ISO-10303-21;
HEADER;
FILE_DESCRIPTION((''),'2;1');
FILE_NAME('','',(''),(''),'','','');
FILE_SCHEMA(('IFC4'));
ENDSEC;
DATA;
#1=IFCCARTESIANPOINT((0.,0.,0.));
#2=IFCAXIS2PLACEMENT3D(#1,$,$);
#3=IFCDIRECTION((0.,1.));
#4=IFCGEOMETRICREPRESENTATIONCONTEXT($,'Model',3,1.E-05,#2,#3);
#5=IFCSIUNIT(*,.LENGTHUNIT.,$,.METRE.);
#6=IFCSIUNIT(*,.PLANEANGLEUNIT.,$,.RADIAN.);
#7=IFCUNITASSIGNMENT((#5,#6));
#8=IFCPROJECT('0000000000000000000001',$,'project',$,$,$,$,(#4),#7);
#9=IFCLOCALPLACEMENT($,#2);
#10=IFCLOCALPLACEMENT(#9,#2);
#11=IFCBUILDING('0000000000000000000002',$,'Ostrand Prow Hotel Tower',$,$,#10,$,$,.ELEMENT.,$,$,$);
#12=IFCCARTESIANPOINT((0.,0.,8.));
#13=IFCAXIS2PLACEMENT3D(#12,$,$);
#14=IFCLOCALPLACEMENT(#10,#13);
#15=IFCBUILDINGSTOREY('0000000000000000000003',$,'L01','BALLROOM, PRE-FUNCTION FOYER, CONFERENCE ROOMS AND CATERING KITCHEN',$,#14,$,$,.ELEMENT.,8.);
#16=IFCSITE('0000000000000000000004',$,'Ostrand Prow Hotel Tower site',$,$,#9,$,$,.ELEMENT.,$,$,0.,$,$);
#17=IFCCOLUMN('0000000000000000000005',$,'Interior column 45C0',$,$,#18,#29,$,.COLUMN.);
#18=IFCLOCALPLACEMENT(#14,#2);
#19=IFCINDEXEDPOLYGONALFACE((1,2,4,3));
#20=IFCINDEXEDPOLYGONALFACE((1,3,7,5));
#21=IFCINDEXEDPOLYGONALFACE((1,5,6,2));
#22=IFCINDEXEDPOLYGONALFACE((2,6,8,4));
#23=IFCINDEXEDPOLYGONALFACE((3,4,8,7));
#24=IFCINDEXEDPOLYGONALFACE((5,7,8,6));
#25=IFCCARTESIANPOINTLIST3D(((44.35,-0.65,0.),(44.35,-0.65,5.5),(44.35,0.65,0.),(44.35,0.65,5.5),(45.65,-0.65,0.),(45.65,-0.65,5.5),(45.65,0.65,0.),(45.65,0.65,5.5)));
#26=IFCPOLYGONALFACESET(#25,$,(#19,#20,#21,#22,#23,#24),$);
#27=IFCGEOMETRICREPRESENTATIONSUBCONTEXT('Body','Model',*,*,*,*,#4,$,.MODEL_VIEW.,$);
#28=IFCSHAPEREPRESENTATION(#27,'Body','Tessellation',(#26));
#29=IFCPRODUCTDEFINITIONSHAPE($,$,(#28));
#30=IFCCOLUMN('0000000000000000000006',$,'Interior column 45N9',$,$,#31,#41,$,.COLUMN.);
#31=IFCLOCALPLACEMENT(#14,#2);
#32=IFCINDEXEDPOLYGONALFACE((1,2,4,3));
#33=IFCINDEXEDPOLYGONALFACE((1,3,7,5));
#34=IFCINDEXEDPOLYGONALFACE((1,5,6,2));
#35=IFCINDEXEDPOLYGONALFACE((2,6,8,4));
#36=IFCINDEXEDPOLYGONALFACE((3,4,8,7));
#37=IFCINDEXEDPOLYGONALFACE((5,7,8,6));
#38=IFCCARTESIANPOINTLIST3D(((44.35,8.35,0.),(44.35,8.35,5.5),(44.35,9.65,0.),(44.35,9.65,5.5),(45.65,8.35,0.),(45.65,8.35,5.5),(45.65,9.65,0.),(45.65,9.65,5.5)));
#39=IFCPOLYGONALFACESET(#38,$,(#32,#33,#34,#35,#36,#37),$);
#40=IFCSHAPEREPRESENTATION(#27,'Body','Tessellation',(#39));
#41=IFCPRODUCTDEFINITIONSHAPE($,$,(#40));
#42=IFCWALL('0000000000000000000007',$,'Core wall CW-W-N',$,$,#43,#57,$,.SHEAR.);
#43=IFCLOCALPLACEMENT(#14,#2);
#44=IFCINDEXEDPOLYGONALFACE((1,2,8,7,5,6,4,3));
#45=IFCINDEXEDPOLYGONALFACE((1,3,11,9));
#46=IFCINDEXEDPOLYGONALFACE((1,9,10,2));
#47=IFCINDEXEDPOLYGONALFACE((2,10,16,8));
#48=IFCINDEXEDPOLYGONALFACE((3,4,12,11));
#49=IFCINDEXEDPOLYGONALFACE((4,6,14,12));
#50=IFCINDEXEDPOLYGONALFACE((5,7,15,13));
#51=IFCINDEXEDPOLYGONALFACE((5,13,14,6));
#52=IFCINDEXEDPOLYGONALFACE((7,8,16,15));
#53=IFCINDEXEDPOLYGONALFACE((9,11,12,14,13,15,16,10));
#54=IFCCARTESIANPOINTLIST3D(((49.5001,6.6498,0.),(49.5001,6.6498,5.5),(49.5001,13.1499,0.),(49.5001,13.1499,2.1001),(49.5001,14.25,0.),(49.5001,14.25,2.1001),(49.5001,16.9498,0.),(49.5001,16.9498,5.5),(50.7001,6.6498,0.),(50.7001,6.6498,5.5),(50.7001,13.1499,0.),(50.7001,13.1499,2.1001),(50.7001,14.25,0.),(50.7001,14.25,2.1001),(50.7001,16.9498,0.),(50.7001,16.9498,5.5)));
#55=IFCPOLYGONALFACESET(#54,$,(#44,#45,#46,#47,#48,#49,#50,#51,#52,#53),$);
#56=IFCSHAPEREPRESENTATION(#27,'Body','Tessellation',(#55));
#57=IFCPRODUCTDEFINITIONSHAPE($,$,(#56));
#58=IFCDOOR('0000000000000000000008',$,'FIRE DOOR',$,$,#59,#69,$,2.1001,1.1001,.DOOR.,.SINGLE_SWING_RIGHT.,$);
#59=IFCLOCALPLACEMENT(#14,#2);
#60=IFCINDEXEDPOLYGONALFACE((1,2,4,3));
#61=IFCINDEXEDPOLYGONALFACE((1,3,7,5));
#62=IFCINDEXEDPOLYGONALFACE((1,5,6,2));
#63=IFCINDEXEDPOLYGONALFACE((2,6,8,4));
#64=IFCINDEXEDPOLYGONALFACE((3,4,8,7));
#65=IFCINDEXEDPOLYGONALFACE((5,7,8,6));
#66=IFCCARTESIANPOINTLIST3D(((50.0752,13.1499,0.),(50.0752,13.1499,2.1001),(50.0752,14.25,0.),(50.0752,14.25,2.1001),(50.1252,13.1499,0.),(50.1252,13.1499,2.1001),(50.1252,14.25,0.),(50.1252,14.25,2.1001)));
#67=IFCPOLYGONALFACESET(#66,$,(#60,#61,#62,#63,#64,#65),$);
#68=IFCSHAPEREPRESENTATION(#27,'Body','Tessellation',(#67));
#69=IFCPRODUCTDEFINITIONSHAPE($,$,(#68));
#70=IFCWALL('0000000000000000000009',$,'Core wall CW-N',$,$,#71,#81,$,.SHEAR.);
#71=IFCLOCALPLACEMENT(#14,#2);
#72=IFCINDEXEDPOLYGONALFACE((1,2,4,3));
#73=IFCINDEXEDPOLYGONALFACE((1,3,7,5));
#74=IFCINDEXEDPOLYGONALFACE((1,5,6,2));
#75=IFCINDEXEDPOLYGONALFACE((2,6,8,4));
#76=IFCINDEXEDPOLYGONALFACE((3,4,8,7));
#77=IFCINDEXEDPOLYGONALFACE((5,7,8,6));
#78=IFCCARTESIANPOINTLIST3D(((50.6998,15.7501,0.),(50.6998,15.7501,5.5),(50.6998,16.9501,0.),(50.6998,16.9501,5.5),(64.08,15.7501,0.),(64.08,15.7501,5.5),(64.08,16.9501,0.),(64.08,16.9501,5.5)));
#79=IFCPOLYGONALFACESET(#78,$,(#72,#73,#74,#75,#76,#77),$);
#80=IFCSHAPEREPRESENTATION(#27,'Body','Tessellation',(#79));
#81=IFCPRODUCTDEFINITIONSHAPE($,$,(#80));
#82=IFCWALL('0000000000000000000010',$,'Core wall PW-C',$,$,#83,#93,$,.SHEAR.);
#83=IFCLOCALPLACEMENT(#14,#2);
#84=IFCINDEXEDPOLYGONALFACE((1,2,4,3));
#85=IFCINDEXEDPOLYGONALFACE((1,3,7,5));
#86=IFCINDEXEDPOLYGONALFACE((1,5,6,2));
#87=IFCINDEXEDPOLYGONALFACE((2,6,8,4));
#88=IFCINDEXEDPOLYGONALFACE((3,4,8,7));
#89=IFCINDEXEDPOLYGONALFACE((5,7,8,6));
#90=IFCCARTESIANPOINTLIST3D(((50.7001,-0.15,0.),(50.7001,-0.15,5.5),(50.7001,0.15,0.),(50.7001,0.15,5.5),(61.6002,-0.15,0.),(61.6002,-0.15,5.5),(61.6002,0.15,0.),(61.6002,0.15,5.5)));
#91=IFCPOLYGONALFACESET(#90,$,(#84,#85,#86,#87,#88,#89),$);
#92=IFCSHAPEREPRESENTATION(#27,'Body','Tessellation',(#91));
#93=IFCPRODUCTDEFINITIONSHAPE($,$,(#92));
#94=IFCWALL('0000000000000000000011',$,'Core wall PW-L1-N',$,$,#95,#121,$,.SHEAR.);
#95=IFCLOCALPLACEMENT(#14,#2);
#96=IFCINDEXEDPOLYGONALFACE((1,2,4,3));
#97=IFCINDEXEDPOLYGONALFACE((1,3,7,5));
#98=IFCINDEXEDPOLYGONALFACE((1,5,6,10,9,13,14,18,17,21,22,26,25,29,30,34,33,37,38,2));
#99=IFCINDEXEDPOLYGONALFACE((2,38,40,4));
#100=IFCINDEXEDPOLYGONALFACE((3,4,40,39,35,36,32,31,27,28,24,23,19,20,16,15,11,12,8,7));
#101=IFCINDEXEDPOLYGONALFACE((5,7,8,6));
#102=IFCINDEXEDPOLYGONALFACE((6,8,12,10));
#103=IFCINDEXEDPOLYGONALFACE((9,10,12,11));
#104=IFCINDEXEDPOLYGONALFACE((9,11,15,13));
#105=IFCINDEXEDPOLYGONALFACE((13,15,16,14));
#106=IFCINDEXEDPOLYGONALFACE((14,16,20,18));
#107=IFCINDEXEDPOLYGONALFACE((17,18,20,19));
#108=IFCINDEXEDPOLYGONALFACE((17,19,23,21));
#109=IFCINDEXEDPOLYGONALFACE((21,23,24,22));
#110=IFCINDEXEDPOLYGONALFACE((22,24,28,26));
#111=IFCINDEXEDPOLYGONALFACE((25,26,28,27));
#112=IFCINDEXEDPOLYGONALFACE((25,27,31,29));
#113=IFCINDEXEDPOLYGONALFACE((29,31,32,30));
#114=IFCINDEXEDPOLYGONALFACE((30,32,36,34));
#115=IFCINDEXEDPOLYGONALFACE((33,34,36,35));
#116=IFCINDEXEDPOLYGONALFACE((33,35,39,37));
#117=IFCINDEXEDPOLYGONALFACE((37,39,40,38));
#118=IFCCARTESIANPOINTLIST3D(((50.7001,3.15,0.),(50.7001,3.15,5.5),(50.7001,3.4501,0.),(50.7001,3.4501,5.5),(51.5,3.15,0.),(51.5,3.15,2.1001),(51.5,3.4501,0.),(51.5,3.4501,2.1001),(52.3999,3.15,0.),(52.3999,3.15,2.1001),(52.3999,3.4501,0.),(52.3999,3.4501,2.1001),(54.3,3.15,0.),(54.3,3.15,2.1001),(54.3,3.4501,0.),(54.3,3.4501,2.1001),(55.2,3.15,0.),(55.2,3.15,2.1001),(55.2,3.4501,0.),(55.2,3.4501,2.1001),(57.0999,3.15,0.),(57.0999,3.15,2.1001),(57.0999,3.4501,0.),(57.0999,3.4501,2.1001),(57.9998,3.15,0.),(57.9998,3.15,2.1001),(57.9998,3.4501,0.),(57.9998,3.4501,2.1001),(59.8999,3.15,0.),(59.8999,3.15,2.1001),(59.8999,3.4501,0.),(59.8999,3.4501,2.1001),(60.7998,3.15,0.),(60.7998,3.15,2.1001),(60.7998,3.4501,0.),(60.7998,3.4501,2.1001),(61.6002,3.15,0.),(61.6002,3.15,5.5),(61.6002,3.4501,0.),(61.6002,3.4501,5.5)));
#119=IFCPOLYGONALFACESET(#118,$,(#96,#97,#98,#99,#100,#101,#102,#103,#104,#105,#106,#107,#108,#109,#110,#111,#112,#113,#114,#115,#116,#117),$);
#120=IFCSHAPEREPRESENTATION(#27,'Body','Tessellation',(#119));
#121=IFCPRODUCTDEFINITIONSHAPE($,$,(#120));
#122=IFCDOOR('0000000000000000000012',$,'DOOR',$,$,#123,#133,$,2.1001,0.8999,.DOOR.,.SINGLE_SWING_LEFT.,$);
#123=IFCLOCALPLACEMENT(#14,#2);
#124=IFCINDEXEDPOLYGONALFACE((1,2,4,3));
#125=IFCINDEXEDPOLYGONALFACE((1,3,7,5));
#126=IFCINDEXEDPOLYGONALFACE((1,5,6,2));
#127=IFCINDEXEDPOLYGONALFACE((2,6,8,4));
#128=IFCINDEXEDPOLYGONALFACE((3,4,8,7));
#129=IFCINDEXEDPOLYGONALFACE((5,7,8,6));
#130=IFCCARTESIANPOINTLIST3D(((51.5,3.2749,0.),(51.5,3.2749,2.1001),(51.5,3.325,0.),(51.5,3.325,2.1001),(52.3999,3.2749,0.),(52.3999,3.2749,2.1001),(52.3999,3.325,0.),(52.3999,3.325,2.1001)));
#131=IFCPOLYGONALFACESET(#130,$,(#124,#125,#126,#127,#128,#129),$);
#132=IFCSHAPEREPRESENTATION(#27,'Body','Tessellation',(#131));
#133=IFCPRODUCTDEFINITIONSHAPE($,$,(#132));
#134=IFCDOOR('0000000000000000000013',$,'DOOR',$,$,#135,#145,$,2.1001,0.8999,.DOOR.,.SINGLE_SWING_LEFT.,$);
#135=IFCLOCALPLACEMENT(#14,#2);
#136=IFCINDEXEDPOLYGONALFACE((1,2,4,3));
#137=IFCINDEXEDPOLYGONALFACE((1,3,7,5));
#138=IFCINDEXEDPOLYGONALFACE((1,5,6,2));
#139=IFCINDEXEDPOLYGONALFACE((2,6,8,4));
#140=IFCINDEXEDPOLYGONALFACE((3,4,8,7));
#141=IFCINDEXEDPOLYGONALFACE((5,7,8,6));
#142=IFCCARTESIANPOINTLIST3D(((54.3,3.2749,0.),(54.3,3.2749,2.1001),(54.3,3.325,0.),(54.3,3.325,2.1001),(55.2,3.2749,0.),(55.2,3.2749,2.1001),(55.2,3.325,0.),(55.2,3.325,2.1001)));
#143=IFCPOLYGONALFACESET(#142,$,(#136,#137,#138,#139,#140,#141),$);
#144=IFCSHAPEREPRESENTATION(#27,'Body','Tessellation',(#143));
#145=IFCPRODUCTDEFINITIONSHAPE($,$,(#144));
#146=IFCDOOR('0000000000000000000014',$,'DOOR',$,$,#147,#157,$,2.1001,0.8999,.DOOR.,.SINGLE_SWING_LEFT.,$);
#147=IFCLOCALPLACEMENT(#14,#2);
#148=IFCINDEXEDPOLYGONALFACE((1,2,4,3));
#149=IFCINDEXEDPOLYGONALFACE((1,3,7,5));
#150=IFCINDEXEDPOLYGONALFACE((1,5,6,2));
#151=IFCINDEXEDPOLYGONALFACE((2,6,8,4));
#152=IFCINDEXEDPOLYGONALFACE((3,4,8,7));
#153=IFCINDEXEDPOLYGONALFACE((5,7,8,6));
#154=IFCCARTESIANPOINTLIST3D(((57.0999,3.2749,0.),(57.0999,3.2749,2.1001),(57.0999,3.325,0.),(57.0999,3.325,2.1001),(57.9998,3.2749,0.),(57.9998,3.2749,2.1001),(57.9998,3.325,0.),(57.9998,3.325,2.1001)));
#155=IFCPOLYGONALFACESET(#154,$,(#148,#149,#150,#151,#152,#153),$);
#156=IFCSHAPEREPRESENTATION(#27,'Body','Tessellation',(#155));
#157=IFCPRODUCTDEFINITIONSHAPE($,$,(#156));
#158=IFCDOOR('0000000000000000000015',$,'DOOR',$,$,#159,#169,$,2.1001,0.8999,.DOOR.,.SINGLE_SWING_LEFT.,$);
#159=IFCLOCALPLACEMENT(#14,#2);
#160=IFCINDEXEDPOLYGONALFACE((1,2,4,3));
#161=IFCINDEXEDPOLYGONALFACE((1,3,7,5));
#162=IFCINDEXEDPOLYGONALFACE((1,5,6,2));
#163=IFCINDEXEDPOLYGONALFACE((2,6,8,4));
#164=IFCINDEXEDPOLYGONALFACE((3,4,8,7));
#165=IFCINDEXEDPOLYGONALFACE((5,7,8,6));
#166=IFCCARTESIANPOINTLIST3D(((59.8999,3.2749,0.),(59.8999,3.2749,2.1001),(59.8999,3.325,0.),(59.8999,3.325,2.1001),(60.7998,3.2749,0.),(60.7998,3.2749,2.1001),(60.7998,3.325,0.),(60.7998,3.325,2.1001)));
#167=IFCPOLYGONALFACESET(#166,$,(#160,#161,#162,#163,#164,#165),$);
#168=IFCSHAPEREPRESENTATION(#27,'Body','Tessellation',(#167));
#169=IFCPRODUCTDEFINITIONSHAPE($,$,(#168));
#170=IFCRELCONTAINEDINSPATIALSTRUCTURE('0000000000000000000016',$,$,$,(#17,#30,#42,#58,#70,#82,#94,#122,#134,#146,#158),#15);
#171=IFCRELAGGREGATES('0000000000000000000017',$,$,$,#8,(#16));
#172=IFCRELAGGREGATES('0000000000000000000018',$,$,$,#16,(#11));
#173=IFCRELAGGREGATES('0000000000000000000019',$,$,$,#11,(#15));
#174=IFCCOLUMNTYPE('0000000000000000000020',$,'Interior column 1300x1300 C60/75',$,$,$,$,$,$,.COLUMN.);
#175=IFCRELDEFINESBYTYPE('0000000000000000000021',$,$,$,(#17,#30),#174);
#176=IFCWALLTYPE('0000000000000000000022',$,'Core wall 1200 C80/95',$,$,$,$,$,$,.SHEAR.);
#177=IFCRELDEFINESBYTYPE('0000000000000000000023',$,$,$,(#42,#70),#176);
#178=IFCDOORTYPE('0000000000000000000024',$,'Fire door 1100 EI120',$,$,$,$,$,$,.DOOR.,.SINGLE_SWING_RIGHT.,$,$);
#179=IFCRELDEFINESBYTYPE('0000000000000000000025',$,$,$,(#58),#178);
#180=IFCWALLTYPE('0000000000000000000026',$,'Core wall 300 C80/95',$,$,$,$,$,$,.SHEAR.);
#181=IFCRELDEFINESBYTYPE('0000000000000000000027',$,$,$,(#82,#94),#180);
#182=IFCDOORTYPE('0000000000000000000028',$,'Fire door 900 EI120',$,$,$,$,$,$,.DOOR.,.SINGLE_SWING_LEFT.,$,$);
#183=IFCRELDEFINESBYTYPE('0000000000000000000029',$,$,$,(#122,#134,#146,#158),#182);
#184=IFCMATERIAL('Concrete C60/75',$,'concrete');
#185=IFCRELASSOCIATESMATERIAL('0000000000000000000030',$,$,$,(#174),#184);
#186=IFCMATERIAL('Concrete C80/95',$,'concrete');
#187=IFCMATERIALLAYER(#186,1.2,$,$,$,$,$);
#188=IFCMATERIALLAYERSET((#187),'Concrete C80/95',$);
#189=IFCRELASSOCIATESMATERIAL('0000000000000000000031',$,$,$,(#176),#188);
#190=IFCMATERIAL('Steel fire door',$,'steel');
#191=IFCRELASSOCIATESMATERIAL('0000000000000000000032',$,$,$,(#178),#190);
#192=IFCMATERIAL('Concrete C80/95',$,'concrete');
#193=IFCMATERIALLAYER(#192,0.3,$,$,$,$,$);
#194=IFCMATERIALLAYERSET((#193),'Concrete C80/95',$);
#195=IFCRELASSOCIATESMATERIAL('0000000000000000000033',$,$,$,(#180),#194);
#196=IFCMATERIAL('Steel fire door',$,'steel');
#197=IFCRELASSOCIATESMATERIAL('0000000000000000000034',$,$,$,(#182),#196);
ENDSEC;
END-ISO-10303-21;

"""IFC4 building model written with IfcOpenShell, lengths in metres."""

from ifc_helpers import new_model, si_unit, direction, frame, frame_2d, origin, origin_2d, place, context, subcontext, project, spatial, rectangle, extrude, material, layer, layer_set, material_profile, profile_set, type_object, element, fill, save


model = new_model("IFC4")

# Units and contexts
model_context = context("Model", 3, precision=1e-05, world=origin(), true_north=direction((0.0, 1.0)))
body_context = subcontext(model_context, "Body", "Model", "MODEL_VIEW")
ifc_project = project(units=[si_unit("LENGTHUNIT", "METRE"), si_unit("PLANEANGLEUNIT", "RADIAN")], contexts=[model_context])

# Site, building, storey
site_placement = place(None, origin())
site = spatial("IfcSite", under=ifc_project, at=site_placement, Name="Ostrand Prow Hotel Tower site", CompositionType="ELEMENT", RefElevation=0.0)
building_placement = place(site_placement, origin())
building = spatial("IfcBuilding", under=site, at=building_placement, Name="Ostrand Prow Hotel Tower", CompositionType="ELEMENT")
storey_placement = place(building_placement, frame((0.0, 0.0, 8.0)))
storey = spatial("IfcBuildingStorey", under=building, at=storey_placement, Name="L01", Description="BALLROOM, PRE-FUNCTION FOYER, CONFERENCE ROOMS AND CATERING KITCHEN", CompositionType="ELEMENT", Elevation=8.0)

# Columns
ifc_material_1 = material(Name="Concrete C60/75", Category="concrete")
ifc_material_profile = material_profile(ifc_material_1, rectangle(XDim=1.3, YDim=1.3, at=origin_2d()), Name="RC 1300x1300")
ifc_profile_set = profile_set([ifc_material_profile], Name="Concrete C60/75")
column_type = type_object("IfcColumnType", Name="Interior column 1300x1300 C60/75", PredefinedType="COLUMN", material=ifc_profile_set)
for number, where, z_axis, x_axis, name in (
    (1, (45.0, 0.0, 0.0), (0.0, 0.0, 1.0), (1.0, 0.0, 0.0), "Interior column 45C0"),
    (2, (45.0, 9.0, 0.0), (0.0, 0.0, 1.0), (1.0, 0.0, 0.0), "Interior column 45N9"),
):
    element("IfcColumn", number, at=place(storey_placement, frame(where, z_axis=z_axis, x_axis=x_axis)), inside=storey, type_object=column_type, Name=name, PredefinedType="COLUMN", context=body_context, shape_type="SweptSolid", body=[
        extrude(rectangle(XDim=1.3, YDim=1.3, at=origin_2d()), origin(), (0.0, 0.0, 1.0), 5.5),
    ])

# Wall, opening, door
ifc_material_2 = material(Name="Concrete C80/95", Category="concrete")
ifc_layer_1 = layer(ifc_material_2, 1.2)
ifc_layer_set_1 = layer_set([ifc_layer_1], Name="Concrete C80/95")
wall_type_1 = type_object("IfcWallType", Name="Core wall 1200 C80/95", PredefinedType="SHEAR", material=ifc_layer_set_1)
wall_1_placement = place(storey_placement, frame((50.1001, 6.6499, 0.0), z_axis=(0.0, 0.0, 1.0), x_axis=(0.0, 1.0, 0.0)))
wall_1 = element("IfcWall", 3, at=wall_1_placement, inside=storey, type_object=wall_type_1, Name="Core wall CW-W-N", PredefinedType="SHEAR", context=body_context, shape_type="SweptSolid", body=[
    extrude(rectangle(XDim=10.3, YDim=1.2, at=frame_2d((5.1499, 0.0))), origin(), (0.0, 0.0, 1.0), 5.5),
])
opening_1_placement = place(wall_1_placement, frame((6.5, 0.0, 0.0)))
opening_1 = element("IfcOpeningElement", 4, at=opening_1_placement, cuts=wall_1, PredefinedType="OPENING", context=body_context, shape_type="SweptSolid", body=[
    extrude(rectangle(XDim=1.1001, YDim=2.1001, at=frame_2d((0.55, 1.05))), frame((0.0, 0.6099, 0.0), z_axis=(0.0, -1.0, 0.0), x_axis=(1.0, 0.0, 0.0)), (0.0, 0.0, 1.0), 1.22),
])
ifc_material_3 = material(Name="Steel fire door", Category="steel")
door_type_1 = type_object("IfcDoorType", Name="Fire door 1100 EI120", OperationType="SINGLE_SWING_RIGHT", PredefinedType="DOOR", material=ifc_material_3)
door_1_placement = place(opening_1_placement, origin())
door_1 = element("IfcDoor", 5, at=door_1_placement, inside=storey, type_object=door_type_1, Name="FIRE DOOR", OperationType="SINGLE_SWING_RIGHT", OverallHeight=2.1001, OverallWidth=1.1001, PredefinedType="DOOR", context=body_context, shape_type="SweptSolid", body=[
    extrude(rectangle(XDim=1.1001, YDim=2.1001, at=frame_2d((0.55, 1.05))), frame((0.0, 0.0249, 0.0), z_axis=(0.0, -1.0, 0.0), x_axis=(1.0, 0.0, 0.0)), (0.0, 0.0, 1.0), 0.05),
])
fill(opening_1, door_1)

# Walls
wall_2_placement = place(storey_placement, frame((50.7, 16.3501, 0.0), z_axis=(0.0, 0.0, 1.0), x_axis=(1.0, 0.0, 0.0)))
element("IfcWall", 6, at=wall_2_placement, inside=storey, type_object=wall_type_1, Name="Core wall CW-N", PredefinedType="SHEAR", context=body_context, shape_type="SweptSolid", body=[
    extrude(rectangle(XDim=13.3801, YDim=1.2, at=frame_2d((6.6899, 0.0))), origin(), (0.0, 0.0, 1.0), 5.5),
])
ifc_material_4 = material(Name="Concrete C80/95", Category="concrete")
ifc_layer_2 = layer(ifc_material_4, 0.3)
ifc_layer_set_2 = layer_set([ifc_layer_2], Name="Concrete C80/95")
wall_type_2 = type_object("IfcWallType", Name="Core wall 300 C80/95", PredefinedType="SHEAR", material=ifc_layer_set_2)
wall_3_placement = place(storey_placement, frame((50.7, 0.0, 0.0), z_axis=(0.0, 0.0, 1.0), x_axis=(1.0, 0.0, 0.0)))
element("IfcWall", 7, at=wall_3_placement, inside=storey, type_object=wall_type_2, Name="Core wall PW-C", PredefinedType="SHEAR", context=body_context, shape_type="SweptSolid", body=[
    extrude(rectangle(XDim=10.9001, YDim=0.3, at=frame_2d((5.4502, 0.0))), origin(), (0.0, 0.0, 1.0), 5.5),
])

# Wall, openings, doors
wall_4_placement = place(storey_placement, frame((50.7, 3.3, 0.0), z_axis=(0.0, 0.0, 1.0), x_axis=(1.0, 0.0, 0.0)))
wall_4 = element("IfcWall", 8, at=wall_4_placement, inside=storey, type_object=wall_type_2, Name="Core wall PW-L1-N", PredefinedType="SHEAR", context=body_context, shape_type="SweptSolid", body=[
    extrude(rectangle(XDim=10.9001, YDim=0.3, at=frame_2d((5.4502, 0.0))), origin(), (0.0, 0.0, 1.0), 5.5),
])
opening_2_placement = place(wall_4_placement, frame((0.8, 0.0, 0.0)))
opening_2 = element("IfcOpeningElement", 9, at=opening_2_placement, cuts=wall_4, PredefinedType="OPENING", context=body_context, shape_type="SweptSolid", body=[
    extrude(rectangle(XDim=0.8999, YDim=2.1001, at=frame_2d((0.45, 1.05))), frame((0.0, 0.1599, 0.0), z_axis=(0.0, -1.0, 0.0), x_axis=(1.0, 0.0, 0.0)), (0.0, 0.0, 1.0), 0.3201),
])
opening_3_placement = place(wall_4_placement, frame((3.6001, 0.0, 0.0)))
opening_3 = element("IfcOpeningElement", 10, at=opening_3_placement, cuts=wall_4, PredefinedType="OPENING", context=body_context, shape_type="SweptSolid", body=[
    extrude(rectangle(XDim=0.8999, YDim=2.1001, at=frame_2d((0.45, 1.05))), frame((0.0, 0.1599, 0.0), z_axis=(0.0, -1.0, 0.0), x_axis=(1.0, 0.0, 0.0)), (0.0, 0.0, 1.0), 0.3201),
])
opening_4_placement = place(wall_4_placement, frame((6.3999, 0.0, 0.0)))
opening_4 = element("IfcOpeningElement", 11, at=opening_4_placement, cuts=wall_4, PredefinedType="OPENING", context=body_context, shape_type="SweptSolid", body=[
    extrude(rectangle(XDim=0.8999, YDim=2.1001, at=frame_2d((0.45, 1.05))), frame((0.0, 0.1599, 0.0), z_axis=(0.0, -1.0, 0.0), x_axis=(1.0, 0.0, 0.0)), (0.0, 0.0, 1.0), 0.3201),
])
opening_5_placement = place(wall_4_placement, frame((9.2, 0.0, 0.0)))
opening_5 = element("IfcOpeningElement", 12, at=opening_5_placement, cuts=wall_4, PredefinedType="OPENING", context=body_context, shape_type="SweptSolid", body=[
    extrude(rectangle(XDim=0.8999, YDim=2.1001, at=frame_2d((0.45, 1.05))), frame((0.0, 0.1599, 0.0), z_axis=(0.0, -1.0, 0.0), x_axis=(1.0, 0.0, 0.0)), (0.0, 0.0, 1.0), 0.3201),
])
ifc_material_5 = material(Name="Steel fire door", Category="steel")
door_type_2 = type_object("IfcDoorType", Name="Fire door 900 EI120", OperationType="SINGLE_SWING_LEFT", PredefinedType="DOOR", material=ifc_material_5)
door_2_placement = place(opening_2_placement, origin())
door_2 = element("IfcDoor", 13, at=door_2_placement, inside=storey, type_object=door_type_2, Name="DOOR", OperationType="SINGLE_SWING_LEFT", OverallHeight=2.1001, OverallWidth=0.8999, PredefinedType="DOOR", context=body_context, shape_type="SweptSolid", body=[
    extrude(rectangle(XDim=0.8999, YDim=2.1001, at=frame_2d((0.45, 1.05))), frame((0.0, 0.0249, 0.0), z_axis=(0.0, -1.0, 0.0), x_axis=(1.0, 0.0, 0.0)), (0.0, 0.0, 1.0), 0.05),
])
fill(opening_2, door_2)
door_3_placement = place(opening_3_placement, origin())
door_3 = element("IfcDoor", 14, at=door_3_placement, inside=storey, type_object=door_type_2, Name="DOOR", OperationType="SINGLE_SWING_LEFT", OverallHeight=2.1001, OverallWidth=0.8999, PredefinedType="DOOR", context=body_context, shape_type="SweptSolid", body=[
    extrude(rectangle(XDim=0.8999, YDim=2.1001, at=frame_2d((0.45, 1.05))), frame((0.0, 0.0249, 0.0), z_axis=(0.0, -1.0, 0.0), x_axis=(1.0, 0.0, 0.0)), (0.0, 0.0, 1.0), 0.05),
])
fill(opening_3, door_3)
door_4_placement = place(opening_4_placement, origin())
door_4 = element("IfcDoor", 15, at=door_4_placement, inside=storey, type_object=door_type_2, Name="DOOR", OperationType="SINGLE_SWING_LEFT", OverallHeight=2.1001, OverallWidth=0.8999, PredefinedType="DOOR", context=body_context, shape_type="SweptSolid", body=[
    extrude(rectangle(XDim=0.8999, YDim=2.1001, at=frame_2d((0.45, 1.05))), frame((0.0, 0.0249, 0.0), z_axis=(0.0, -1.0, 0.0), x_axis=(1.0, 0.0, 0.0)), (0.0, 0.0, 1.0), 0.05),
])
fill(opening_4, door_4)
door_5_placement = place(opening_5_placement, origin())
door_5 = element("IfcDoor", 16, at=door_5_placement, inside=storey, type_object=door_type_2, Name="DOOR", OperationType="SINGLE_SWING_LEFT", OverallHeight=2.1001, OverallWidth=0.8999, PredefinedType="DOOR", context=body_context, shape_type="SweptSolid", body=[
    extrude(rectangle(XDim=0.8999, YDim=2.1001, at=frame_2d((0.45, 1.05))), frame((0.0, 0.0249, 0.0), z_axis=(0.0, -1.0, 0.0), x_axis=(1.0, 0.0, 0.0)), (0.0, 0.0, 1.0), 0.05),
])
fill(opening_5, door_5)

save(model, "model.ifc")
